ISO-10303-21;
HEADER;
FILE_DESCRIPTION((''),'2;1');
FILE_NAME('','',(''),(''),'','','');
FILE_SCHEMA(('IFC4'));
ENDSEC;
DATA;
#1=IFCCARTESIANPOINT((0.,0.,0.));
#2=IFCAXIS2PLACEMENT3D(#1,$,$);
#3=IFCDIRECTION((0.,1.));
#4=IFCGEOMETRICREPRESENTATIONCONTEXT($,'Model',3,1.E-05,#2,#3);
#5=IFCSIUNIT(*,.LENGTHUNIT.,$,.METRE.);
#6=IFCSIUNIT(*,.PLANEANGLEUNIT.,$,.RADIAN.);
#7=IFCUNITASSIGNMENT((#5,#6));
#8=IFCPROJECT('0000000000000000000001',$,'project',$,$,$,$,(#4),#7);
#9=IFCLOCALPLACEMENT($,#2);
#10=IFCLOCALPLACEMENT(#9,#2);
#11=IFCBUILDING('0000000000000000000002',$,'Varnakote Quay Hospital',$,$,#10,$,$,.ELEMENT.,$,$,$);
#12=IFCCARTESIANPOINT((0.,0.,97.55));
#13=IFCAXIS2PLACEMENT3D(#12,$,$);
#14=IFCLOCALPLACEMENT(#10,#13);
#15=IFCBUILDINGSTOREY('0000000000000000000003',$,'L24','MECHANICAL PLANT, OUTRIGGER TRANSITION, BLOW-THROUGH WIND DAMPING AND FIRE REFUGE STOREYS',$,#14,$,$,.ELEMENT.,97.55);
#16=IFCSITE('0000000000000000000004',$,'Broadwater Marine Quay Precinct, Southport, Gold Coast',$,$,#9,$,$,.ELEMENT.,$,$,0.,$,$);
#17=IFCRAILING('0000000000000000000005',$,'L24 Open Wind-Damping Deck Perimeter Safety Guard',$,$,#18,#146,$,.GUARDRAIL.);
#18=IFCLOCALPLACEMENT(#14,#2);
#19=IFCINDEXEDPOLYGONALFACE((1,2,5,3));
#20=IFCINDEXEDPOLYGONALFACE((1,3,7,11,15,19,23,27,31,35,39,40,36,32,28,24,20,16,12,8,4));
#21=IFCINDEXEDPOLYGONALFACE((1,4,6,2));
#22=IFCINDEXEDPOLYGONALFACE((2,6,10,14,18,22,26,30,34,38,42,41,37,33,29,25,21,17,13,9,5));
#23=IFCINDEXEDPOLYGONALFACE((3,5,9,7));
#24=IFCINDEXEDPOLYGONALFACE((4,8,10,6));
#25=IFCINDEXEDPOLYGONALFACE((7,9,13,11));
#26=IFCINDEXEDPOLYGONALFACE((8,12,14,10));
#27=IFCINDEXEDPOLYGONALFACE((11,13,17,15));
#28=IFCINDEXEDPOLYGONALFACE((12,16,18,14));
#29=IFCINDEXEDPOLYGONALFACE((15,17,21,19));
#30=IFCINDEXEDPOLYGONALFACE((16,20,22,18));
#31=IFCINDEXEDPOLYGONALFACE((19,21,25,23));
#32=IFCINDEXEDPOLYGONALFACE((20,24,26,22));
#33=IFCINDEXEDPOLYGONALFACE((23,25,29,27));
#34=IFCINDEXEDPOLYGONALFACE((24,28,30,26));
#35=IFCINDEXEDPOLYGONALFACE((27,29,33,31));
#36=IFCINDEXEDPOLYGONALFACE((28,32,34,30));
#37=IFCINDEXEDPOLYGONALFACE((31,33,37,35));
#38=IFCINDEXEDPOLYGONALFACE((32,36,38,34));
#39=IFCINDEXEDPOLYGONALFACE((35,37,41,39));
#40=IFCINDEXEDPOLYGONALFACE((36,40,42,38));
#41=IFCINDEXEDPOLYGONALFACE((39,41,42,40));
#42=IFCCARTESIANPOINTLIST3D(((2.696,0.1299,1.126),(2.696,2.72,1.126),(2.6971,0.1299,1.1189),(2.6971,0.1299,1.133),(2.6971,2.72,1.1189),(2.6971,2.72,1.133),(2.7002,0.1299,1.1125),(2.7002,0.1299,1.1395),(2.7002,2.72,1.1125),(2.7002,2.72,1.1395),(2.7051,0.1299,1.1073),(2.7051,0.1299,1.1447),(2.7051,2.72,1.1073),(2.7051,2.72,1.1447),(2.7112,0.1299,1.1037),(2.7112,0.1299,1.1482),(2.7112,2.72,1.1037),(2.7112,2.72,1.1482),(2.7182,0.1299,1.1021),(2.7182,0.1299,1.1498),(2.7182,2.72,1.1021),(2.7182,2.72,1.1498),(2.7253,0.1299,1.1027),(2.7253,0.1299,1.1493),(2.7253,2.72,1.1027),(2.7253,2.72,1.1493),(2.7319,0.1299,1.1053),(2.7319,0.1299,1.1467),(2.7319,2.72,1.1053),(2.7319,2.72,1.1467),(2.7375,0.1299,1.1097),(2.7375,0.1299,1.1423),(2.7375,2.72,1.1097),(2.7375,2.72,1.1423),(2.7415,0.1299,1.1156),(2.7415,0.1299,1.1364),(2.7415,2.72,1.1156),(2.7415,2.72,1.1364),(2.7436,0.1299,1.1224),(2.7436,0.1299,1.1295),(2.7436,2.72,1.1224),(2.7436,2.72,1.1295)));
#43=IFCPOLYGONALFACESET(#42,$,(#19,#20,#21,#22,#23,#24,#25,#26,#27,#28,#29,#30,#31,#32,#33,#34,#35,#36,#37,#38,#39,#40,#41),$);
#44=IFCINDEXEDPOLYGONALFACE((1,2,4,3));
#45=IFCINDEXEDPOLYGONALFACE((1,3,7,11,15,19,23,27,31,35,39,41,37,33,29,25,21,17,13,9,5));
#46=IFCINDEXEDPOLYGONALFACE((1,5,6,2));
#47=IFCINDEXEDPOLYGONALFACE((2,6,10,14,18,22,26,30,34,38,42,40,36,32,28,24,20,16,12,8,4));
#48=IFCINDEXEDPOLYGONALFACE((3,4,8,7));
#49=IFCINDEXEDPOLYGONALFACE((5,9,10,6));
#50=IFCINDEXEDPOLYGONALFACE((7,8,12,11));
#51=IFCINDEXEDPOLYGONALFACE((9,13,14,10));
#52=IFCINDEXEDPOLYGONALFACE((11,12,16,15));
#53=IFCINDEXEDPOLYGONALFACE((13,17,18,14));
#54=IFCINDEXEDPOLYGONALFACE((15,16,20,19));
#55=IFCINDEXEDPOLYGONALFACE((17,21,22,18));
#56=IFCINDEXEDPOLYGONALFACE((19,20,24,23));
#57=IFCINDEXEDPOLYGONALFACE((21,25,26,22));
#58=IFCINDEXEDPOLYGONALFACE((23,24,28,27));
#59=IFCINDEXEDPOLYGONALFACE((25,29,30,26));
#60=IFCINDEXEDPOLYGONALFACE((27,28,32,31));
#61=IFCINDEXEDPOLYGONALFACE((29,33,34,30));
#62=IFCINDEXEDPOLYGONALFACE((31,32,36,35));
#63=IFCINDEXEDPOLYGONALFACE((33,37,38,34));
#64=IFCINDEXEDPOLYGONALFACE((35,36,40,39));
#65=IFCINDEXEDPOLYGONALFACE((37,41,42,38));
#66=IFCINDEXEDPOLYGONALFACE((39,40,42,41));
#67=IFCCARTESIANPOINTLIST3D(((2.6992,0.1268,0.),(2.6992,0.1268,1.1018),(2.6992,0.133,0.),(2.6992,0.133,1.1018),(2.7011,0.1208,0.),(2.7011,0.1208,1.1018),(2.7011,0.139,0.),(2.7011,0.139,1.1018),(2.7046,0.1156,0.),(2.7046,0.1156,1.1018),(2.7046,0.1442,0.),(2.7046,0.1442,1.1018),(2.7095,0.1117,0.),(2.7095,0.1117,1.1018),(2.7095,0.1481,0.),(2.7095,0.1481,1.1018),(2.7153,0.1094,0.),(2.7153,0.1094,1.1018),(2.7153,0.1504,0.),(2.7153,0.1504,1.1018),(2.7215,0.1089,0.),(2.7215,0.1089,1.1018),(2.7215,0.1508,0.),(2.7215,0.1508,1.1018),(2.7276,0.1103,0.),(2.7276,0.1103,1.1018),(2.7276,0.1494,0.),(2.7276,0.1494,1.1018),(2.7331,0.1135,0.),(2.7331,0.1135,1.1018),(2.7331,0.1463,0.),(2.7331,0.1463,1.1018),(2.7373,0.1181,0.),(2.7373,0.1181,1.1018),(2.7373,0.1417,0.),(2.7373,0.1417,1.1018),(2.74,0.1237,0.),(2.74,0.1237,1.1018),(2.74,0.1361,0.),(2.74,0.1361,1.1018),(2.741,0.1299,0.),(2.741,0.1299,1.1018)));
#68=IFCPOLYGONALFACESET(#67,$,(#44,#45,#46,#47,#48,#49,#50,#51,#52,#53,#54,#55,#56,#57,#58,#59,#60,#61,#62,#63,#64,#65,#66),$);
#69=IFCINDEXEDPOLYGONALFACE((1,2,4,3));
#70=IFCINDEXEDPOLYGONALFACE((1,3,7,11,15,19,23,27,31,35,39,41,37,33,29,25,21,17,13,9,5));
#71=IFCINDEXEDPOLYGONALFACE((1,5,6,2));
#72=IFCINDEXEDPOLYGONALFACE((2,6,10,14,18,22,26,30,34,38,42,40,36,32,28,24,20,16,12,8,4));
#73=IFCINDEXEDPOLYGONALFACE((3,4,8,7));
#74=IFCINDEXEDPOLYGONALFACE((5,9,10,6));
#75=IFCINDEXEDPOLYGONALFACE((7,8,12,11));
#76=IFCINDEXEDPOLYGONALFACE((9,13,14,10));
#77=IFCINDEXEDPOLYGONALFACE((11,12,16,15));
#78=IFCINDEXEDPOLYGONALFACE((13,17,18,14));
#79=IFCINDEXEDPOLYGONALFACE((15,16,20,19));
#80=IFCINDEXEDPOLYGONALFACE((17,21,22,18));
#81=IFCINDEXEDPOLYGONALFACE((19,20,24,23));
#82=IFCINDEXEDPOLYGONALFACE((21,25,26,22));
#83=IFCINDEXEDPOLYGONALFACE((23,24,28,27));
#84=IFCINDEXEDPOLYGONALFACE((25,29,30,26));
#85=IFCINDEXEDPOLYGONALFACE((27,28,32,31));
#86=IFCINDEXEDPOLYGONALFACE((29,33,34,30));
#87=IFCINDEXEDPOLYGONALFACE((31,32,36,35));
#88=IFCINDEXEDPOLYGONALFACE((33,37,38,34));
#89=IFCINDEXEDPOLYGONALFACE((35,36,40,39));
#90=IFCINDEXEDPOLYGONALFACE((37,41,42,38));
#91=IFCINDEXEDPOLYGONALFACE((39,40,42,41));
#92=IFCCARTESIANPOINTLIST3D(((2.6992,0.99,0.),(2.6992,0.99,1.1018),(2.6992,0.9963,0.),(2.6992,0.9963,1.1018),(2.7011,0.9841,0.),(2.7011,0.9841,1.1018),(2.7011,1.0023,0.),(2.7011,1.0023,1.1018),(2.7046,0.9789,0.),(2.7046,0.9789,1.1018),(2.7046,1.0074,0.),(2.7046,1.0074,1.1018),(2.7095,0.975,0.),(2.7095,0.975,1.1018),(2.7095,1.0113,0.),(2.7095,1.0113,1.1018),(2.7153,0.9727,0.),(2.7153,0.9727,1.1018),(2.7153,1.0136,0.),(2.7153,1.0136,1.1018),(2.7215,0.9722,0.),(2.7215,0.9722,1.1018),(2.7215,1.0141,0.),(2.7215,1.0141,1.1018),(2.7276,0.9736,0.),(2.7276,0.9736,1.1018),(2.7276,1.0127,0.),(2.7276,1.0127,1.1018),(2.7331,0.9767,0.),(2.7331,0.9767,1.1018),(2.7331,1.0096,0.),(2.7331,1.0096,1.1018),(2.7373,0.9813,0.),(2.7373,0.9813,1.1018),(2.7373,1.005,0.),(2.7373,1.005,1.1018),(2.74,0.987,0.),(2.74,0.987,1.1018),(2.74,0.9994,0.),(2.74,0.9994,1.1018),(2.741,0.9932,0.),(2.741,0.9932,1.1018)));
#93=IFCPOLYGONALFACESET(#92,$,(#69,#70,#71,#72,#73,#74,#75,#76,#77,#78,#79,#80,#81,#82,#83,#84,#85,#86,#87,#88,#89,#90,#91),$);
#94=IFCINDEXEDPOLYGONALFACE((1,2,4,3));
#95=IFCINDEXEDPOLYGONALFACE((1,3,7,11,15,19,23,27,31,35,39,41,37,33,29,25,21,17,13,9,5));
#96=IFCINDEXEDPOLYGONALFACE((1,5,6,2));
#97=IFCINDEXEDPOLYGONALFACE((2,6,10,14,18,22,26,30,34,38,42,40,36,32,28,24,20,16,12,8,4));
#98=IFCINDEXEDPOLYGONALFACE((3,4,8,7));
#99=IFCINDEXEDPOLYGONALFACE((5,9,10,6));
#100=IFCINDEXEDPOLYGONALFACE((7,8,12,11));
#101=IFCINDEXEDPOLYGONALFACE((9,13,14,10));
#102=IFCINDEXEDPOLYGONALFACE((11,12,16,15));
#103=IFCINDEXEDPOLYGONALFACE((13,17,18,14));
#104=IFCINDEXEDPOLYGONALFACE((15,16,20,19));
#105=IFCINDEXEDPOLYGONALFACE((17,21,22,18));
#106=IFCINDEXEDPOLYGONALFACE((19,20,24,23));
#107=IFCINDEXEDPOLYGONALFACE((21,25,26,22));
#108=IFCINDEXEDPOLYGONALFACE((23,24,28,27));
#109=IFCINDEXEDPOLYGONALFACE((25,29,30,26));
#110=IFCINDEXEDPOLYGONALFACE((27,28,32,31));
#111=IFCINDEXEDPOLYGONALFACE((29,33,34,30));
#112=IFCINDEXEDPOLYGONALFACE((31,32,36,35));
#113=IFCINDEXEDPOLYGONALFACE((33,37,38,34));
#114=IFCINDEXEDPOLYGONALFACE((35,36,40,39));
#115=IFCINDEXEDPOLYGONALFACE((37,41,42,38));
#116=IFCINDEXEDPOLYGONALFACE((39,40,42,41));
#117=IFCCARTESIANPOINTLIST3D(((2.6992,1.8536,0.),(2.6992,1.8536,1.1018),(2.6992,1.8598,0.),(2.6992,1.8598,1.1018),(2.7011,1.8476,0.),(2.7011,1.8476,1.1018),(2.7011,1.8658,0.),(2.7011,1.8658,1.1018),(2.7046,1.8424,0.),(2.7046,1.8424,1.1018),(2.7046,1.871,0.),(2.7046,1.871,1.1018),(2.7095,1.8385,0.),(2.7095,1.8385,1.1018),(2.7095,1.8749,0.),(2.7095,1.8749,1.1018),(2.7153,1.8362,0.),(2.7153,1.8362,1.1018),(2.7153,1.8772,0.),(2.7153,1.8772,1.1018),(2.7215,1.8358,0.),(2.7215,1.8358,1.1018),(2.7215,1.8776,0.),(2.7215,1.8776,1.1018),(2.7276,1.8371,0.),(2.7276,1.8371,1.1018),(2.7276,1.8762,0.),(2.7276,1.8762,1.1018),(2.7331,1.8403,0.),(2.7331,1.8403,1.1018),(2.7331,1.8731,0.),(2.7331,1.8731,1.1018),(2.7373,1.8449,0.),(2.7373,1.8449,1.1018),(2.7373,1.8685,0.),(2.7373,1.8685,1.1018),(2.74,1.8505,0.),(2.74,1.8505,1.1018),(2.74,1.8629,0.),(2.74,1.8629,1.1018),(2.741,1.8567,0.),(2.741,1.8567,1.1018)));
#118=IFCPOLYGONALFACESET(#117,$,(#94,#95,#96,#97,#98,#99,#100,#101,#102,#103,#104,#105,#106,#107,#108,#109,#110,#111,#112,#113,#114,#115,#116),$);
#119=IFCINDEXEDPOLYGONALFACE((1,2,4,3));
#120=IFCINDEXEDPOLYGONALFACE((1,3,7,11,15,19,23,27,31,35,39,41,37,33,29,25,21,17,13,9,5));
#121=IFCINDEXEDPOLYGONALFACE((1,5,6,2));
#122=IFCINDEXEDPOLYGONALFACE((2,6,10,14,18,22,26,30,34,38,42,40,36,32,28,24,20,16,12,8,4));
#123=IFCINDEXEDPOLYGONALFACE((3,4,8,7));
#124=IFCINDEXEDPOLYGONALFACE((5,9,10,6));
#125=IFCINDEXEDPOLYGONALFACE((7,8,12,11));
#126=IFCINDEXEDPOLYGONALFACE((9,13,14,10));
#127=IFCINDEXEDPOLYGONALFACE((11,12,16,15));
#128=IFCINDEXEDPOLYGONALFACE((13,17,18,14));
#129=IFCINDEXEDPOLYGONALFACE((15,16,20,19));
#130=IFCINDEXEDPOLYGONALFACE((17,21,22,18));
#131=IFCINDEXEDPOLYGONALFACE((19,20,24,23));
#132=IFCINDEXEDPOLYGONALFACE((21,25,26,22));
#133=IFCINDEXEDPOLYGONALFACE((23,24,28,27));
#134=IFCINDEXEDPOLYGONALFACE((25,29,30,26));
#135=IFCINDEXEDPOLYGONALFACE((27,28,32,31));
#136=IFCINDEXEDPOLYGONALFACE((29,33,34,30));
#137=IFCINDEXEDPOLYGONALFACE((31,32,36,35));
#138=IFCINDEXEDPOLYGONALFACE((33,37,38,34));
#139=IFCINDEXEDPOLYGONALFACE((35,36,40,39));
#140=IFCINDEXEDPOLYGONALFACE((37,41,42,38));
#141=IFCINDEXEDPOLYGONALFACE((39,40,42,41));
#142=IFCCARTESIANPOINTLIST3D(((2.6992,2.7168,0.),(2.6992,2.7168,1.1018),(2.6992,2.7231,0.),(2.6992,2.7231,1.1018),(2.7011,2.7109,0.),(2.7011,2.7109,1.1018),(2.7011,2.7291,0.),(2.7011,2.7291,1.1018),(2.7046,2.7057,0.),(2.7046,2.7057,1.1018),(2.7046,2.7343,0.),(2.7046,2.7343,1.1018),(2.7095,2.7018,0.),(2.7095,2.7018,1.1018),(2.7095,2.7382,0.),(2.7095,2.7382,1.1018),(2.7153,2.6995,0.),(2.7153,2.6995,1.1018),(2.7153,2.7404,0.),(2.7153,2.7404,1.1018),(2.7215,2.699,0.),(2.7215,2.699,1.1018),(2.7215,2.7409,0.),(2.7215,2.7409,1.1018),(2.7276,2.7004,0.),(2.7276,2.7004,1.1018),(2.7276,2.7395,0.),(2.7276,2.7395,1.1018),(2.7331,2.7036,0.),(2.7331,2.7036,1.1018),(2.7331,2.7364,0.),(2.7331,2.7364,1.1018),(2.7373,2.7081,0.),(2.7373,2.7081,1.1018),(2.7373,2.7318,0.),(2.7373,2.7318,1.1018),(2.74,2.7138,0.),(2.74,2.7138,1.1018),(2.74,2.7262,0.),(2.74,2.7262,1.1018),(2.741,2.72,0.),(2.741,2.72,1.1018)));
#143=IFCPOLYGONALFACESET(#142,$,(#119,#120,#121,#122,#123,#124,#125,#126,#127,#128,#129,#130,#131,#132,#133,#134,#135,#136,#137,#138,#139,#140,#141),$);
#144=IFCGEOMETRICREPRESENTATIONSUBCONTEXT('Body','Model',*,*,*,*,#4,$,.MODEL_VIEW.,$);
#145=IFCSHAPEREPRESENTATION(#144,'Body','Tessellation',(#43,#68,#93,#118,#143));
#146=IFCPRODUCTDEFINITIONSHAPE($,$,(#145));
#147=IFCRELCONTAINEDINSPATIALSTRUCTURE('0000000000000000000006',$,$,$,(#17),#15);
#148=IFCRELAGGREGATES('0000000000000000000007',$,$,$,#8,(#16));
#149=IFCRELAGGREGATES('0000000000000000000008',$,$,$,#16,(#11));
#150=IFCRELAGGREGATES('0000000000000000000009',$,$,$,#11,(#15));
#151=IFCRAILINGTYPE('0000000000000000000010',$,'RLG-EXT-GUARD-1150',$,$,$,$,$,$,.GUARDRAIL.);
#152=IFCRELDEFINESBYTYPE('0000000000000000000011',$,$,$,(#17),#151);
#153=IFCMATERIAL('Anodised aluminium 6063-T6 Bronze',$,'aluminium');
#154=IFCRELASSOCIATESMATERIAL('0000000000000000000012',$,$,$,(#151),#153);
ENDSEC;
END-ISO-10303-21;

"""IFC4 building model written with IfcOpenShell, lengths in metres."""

from ifc_helpers import new_model, si_unit, direction, frame, origin, origin_2d, place, context, subcontext, project, spatial, circle, extrude, material, type_object, element, save


model = new_model("IFC4")

# Units and contexts
model_context = context("Model", 3, precision=1e-05, world=origin(), true_north=direction((0.0, 1.0)))
body_context = subcontext(model_context, "Body", "Model", "MODEL_VIEW")
ifc_project = project(units=[si_unit("LENGTHUNIT", "METRE"), si_unit("PLANEANGLEUNIT", "RADIAN")], contexts=[model_context])

# Site, building, storey
site_placement = place(None, origin())
site = spatial("IfcSite", under=ifc_project, at=site_placement, Name="Broadwater Marine Quay Precinct, Southport, Gold Coast", CompositionType="ELEMENT", RefElevation=0.0)
building_placement = place(site_placement, origin())
building = spatial("IfcBuilding", under=site, at=building_placement, Name="Varnakote Quay Hospital", CompositionType="ELEMENT")
storey_placement = place(building_placement, frame((0.0, 0.0, 97.55)))
storey = spatial("IfcBuildingStorey", under=building, at=storey_placement, Name="L24", Description="MECHANICAL PLANT, OUTRIGGER TRANSITION, BLOW-THROUGH WIND DAMPING AND FIRE REFUGE STOREYS", CompositionType="ELEMENT", Elevation=97.55)

# Railing
ifc_material_1 = material(Name="Anodised aluminium 6063-T6 Bronze", Category="aluminium")
railing_type_1 = type_object("IfcRailingType", Name="RLG-EXT-GUARD-1150", PredefinedType="GUARDRAIL", material=ifc_material_1)
railing_1_placement = place(storey_placement, frame((2.72, 0.1299, 0.0)))
element("IfcRailing", 1, at=railing_1_placement, inside=storey, type_object=railing_type_1, Name="L24 Open Wind-Damping Deck Perimeter Safety Guard", PredefinedType="GUARDRAIL", context=body_context, shape_type="SweptSolid", body=[
    extrude(circle(Radius=0.0239, at=origin_2d()), frame((0.0, 0.0, 1.126), z_axis=(0.0, 1.0, 0.0), x_axis=(-1.0, 0.0, 0.0)), (0.0, 0.0, 1.0), 2.5901),
    extrude(circle(Radius=0.021, at=origin_2d()), origin(), (0.0, 0.0, 1.0), 1.1018),
    extrude(circle(Radius=0.021, at=origin_2d()), frame((0.0, 0.8633, 0.0)), (0.0, 0.0, 1.0), 1.1018),
    extrude(circle(Radius=0.021, at=origin_2d()), frame((0.0, 1.7268, 0.0)), (0.0, 0.0, 1.0), 1.1018),
    extrude(circle(Radius=0.021, at=origin_2d()), frame((0.0, 2.5901, 0.0)), (0.0, 0.0, 1.0), 1.1018),
])

save(model, "model.ifc")
